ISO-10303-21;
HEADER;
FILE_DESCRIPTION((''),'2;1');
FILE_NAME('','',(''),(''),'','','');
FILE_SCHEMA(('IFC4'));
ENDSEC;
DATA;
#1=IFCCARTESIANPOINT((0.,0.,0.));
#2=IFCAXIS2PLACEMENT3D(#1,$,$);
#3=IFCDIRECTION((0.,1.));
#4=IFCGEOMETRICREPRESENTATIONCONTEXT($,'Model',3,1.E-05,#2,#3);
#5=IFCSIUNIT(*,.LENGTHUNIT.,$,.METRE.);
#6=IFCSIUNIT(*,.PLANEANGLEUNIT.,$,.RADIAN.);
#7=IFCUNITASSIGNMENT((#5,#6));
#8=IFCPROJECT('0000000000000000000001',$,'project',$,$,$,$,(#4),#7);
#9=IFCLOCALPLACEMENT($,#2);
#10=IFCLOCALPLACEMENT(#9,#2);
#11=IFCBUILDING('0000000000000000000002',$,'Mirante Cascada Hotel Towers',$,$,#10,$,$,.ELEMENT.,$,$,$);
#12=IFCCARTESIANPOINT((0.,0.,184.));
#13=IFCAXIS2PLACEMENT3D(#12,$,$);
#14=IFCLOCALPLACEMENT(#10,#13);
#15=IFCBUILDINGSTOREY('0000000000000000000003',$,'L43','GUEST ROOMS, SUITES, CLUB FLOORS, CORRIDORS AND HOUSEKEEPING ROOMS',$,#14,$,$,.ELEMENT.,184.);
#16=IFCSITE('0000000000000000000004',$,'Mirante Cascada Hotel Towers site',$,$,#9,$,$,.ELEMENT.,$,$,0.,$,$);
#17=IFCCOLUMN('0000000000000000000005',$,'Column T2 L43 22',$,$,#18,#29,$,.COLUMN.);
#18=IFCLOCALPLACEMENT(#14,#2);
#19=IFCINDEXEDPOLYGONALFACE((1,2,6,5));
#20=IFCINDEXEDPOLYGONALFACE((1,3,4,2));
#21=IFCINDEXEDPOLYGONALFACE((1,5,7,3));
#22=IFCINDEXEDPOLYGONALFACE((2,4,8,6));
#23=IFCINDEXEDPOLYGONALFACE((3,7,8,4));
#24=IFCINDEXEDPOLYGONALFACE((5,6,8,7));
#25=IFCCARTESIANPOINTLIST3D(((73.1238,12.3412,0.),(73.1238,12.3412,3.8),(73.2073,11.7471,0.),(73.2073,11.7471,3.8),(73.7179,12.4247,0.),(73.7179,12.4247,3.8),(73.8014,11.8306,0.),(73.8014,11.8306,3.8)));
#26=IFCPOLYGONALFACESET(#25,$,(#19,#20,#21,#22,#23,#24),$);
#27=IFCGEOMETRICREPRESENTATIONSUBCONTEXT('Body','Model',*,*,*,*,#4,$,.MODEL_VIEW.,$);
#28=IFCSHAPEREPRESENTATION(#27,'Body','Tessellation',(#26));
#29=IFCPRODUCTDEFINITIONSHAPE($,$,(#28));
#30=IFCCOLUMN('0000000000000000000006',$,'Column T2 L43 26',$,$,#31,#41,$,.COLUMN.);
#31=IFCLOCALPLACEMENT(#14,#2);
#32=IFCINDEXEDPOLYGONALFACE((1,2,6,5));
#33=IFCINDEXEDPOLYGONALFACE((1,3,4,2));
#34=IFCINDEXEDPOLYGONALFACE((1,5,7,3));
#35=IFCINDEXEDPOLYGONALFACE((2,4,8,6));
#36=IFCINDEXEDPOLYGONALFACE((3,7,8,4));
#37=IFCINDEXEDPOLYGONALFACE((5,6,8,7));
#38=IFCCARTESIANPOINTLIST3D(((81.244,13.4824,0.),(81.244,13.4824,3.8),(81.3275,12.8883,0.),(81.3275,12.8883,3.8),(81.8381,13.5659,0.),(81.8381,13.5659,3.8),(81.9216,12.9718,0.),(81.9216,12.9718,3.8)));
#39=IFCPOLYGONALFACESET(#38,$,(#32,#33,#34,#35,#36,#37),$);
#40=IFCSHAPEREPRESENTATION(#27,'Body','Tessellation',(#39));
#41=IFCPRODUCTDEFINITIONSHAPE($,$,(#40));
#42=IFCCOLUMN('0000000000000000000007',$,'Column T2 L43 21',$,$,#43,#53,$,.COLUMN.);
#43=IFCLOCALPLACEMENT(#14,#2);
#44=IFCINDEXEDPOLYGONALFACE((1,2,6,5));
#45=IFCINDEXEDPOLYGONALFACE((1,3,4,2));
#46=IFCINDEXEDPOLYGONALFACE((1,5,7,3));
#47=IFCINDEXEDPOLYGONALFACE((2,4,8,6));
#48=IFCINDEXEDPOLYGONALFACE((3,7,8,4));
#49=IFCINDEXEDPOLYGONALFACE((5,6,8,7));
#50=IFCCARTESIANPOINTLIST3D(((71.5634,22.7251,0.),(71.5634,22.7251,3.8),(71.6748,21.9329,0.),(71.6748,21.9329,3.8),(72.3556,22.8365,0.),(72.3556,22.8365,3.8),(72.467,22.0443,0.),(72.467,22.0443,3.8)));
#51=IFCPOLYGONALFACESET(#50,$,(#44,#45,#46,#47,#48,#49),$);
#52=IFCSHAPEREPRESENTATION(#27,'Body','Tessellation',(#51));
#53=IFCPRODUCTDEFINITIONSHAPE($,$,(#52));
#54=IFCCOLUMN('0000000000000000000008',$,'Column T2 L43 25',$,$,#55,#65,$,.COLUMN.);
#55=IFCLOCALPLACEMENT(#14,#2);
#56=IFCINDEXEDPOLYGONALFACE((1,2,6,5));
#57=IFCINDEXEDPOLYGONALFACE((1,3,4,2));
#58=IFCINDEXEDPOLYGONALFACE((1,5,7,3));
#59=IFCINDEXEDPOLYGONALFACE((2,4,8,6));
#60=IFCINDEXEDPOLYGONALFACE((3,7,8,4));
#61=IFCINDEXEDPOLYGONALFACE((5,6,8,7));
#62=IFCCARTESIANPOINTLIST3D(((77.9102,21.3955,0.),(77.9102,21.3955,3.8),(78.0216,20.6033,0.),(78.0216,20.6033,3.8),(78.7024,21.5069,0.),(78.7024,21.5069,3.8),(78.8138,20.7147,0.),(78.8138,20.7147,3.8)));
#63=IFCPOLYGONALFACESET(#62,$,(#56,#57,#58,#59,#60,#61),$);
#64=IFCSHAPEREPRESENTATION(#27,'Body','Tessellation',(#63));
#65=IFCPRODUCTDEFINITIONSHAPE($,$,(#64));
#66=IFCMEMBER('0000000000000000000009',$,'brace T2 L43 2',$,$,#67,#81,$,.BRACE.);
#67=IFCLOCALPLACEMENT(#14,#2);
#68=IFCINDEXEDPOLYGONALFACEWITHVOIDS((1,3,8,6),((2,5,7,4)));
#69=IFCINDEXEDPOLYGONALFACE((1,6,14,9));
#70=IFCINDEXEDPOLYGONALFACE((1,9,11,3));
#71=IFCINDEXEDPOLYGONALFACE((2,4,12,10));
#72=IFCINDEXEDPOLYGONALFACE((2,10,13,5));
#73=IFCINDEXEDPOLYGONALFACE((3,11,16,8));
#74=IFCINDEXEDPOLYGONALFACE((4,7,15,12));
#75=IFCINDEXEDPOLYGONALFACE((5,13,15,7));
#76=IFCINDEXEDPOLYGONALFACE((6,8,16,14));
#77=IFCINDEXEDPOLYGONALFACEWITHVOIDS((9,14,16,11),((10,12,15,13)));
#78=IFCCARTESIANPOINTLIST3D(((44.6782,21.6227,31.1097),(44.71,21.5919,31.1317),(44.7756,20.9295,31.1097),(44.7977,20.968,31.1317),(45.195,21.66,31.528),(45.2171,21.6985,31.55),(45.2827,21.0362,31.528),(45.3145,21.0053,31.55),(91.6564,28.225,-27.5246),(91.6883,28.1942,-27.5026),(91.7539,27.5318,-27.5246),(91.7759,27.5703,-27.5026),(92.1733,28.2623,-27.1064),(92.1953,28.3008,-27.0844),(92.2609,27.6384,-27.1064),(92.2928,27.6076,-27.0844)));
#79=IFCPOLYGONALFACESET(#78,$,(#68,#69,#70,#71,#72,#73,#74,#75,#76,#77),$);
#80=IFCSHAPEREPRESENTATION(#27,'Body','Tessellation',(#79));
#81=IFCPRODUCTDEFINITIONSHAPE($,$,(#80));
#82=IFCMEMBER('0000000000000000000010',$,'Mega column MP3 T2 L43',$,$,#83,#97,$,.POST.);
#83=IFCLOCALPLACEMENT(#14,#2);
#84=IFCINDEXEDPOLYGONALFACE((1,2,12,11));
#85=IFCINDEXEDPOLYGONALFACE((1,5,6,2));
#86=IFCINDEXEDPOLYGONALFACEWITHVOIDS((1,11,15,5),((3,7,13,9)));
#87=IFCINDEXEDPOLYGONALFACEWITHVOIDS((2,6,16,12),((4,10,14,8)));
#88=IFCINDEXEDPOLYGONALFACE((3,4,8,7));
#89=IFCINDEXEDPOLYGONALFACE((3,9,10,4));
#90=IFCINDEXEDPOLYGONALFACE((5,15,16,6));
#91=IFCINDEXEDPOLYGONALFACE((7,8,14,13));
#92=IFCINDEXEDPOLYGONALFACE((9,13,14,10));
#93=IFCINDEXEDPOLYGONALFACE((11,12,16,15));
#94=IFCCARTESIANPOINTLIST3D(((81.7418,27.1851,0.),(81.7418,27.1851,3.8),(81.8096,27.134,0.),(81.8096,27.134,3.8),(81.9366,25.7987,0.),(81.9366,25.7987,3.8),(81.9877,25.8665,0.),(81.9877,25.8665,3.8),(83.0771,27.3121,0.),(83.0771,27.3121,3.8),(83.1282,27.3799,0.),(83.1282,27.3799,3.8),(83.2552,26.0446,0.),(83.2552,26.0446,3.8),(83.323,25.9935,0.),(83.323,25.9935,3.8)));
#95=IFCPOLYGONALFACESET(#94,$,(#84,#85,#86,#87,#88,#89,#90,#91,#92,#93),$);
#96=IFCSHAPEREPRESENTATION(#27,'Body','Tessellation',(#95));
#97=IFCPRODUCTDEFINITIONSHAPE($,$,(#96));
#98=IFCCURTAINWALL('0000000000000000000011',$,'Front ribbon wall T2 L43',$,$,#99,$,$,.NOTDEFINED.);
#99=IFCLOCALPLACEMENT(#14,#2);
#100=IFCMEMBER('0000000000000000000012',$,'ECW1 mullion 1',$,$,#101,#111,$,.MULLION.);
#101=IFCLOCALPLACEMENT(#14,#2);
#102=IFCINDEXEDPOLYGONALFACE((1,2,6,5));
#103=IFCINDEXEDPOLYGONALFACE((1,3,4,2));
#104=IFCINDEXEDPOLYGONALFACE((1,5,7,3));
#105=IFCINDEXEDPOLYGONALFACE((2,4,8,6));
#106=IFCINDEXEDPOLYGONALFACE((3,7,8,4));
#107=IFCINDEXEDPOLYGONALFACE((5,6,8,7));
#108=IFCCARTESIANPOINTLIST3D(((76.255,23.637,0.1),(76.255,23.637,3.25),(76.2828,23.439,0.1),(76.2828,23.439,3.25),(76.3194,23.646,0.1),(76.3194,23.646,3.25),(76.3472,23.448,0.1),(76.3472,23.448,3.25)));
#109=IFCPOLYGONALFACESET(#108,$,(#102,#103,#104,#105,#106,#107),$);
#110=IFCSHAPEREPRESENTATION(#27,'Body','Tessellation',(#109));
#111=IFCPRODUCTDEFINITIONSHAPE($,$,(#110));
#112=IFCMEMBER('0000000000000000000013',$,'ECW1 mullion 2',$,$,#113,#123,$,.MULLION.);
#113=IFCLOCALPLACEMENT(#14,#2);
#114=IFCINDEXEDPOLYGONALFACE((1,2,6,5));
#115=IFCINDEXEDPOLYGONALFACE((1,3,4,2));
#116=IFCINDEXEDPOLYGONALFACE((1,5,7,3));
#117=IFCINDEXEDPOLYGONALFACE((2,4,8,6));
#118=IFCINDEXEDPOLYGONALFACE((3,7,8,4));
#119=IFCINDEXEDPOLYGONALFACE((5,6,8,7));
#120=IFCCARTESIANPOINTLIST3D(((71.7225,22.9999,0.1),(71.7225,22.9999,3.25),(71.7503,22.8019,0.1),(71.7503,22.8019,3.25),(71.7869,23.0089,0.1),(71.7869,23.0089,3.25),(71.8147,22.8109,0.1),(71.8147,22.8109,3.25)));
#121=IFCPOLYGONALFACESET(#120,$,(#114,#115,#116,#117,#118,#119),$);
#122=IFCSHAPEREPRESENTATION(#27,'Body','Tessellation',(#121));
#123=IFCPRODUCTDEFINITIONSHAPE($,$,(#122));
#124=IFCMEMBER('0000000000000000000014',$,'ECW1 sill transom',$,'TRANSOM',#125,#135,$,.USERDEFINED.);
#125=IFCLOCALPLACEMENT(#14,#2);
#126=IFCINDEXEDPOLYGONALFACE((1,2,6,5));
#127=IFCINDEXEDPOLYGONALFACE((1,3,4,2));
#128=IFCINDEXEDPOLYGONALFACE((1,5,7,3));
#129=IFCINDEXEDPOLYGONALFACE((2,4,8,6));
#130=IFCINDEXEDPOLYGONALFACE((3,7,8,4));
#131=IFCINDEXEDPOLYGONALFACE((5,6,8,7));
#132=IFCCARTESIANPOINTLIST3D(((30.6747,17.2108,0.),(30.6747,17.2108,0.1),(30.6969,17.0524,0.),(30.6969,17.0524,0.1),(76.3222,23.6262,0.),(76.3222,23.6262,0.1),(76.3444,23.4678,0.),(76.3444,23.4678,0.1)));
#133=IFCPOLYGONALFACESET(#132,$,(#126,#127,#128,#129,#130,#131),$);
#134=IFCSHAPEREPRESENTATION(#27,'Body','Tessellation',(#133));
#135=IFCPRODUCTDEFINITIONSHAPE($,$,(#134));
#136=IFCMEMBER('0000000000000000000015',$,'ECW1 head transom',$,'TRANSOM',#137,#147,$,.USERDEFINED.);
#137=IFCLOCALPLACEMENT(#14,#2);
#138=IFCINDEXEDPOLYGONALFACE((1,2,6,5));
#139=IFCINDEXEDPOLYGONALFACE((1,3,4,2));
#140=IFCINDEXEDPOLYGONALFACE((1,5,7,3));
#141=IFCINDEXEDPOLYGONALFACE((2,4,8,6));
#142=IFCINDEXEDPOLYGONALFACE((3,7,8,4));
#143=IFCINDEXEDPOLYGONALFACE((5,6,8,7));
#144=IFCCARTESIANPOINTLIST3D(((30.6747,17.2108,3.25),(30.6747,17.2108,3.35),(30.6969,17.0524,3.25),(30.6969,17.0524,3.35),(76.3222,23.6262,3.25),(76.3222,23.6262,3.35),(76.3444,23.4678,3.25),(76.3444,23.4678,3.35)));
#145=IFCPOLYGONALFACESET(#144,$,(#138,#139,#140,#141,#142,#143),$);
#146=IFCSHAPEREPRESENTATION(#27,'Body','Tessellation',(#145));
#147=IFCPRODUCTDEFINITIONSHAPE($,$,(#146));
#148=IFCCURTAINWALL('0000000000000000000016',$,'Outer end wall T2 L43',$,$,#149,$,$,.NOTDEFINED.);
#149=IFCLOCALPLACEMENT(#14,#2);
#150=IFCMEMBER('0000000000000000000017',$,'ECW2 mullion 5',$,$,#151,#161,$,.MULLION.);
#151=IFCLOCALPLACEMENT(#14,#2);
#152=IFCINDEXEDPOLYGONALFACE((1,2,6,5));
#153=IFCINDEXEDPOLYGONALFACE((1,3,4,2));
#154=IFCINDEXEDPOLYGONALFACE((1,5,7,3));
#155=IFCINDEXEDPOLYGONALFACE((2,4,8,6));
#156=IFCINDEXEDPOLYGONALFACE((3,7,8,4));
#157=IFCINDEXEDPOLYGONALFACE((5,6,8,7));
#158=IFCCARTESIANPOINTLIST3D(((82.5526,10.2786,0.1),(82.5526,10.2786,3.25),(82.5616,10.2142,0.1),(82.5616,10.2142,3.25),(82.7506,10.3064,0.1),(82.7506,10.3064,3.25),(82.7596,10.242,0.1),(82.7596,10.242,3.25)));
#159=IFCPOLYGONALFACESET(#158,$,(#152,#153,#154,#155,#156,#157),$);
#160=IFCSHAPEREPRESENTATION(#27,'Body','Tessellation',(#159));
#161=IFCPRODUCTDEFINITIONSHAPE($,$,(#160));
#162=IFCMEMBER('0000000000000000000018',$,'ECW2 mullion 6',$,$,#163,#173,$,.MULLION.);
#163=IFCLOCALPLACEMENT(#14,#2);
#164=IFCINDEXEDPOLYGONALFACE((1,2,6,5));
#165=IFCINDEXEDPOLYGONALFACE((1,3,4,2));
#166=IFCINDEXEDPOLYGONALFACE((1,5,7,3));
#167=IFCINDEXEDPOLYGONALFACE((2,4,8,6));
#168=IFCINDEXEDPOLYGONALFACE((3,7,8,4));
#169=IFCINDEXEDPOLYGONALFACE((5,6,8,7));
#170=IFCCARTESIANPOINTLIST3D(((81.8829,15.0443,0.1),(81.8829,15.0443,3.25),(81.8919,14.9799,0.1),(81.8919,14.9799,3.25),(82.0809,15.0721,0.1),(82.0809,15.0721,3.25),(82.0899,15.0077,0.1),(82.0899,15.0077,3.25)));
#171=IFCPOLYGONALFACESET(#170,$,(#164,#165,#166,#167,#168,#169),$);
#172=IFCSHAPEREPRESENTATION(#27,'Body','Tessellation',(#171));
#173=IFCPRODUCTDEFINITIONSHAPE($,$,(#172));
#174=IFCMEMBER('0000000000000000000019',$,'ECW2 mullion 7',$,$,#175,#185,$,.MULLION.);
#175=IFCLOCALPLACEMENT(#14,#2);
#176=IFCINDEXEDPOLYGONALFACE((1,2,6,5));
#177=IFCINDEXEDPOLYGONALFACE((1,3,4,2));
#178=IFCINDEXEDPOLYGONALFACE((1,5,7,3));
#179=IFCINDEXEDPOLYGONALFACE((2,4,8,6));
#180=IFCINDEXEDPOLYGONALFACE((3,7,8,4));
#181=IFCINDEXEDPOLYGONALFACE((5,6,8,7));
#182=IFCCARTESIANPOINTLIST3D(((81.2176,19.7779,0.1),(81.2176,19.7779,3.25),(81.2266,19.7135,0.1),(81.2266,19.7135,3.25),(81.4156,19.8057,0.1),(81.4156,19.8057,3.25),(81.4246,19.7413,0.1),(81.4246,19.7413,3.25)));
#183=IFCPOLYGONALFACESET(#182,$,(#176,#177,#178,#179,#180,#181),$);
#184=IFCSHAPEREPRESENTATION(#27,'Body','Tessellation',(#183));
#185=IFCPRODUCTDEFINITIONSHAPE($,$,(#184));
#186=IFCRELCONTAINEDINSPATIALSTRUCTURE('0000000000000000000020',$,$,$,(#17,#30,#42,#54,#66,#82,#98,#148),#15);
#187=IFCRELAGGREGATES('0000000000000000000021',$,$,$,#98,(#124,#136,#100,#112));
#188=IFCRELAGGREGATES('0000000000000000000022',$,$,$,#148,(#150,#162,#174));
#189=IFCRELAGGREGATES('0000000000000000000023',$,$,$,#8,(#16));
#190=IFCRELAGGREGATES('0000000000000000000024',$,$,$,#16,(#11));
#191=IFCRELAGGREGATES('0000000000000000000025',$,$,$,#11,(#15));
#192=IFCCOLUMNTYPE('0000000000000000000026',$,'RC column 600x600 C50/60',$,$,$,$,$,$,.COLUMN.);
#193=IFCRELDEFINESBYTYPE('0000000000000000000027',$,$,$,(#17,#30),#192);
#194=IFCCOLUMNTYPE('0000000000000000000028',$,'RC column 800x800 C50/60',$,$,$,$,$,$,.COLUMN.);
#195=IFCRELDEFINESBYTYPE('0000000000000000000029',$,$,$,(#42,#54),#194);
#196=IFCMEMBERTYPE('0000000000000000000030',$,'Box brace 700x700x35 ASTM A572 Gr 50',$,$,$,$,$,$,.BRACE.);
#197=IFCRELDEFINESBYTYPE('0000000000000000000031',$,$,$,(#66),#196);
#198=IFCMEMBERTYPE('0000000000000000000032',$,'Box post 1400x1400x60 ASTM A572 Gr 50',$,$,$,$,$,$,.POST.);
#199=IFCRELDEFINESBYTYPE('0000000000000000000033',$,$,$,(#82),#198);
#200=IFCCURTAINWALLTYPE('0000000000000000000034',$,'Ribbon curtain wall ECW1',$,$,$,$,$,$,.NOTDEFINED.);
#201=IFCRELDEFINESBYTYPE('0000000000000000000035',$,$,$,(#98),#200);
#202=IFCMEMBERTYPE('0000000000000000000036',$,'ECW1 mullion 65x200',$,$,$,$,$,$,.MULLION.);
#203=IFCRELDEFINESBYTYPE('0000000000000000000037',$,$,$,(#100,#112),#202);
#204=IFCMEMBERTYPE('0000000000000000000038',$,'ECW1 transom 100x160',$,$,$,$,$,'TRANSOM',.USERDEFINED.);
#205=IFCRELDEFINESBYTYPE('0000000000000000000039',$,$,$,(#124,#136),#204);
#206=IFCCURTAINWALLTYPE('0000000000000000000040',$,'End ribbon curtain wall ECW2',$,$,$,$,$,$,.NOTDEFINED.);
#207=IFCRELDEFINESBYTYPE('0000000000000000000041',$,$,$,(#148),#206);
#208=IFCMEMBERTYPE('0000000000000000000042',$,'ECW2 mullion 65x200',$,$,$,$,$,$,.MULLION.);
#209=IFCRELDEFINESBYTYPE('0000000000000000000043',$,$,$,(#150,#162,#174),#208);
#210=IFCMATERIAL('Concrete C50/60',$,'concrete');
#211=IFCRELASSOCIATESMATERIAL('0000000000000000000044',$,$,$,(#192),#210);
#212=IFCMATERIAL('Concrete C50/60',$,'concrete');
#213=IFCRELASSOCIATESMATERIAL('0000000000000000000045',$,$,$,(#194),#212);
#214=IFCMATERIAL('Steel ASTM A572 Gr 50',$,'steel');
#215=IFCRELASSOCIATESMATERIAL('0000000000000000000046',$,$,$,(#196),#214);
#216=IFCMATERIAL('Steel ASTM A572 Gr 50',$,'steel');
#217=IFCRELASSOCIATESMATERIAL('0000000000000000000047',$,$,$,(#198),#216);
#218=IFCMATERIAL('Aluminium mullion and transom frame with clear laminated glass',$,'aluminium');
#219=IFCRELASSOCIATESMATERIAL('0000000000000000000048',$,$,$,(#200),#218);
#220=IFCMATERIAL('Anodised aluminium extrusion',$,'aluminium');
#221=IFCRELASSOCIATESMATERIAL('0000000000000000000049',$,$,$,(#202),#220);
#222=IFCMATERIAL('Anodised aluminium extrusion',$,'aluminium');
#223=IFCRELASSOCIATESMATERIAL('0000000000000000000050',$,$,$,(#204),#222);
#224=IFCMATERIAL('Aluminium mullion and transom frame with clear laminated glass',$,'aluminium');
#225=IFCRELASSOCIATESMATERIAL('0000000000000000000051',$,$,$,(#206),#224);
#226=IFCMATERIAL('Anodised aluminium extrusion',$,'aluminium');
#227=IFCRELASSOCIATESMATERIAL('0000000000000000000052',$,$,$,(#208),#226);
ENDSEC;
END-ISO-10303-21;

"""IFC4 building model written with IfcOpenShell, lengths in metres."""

from ifc_helpers import new_model, si_unit, direction, frame, origin, origin_2d, place, context, subcontext, project, spatial, rectangle, hollow_rectangle, extrude, material, material_profile, profile_set, type_object, element, aggregate, save


model = new_model("IFC4")

# Units and contexts
model_context = context("Model", 3, precision=1e-05, world=origin(), true_north=direction((0.0, 1.0)))
body_context = subcontext(model_context, "Body", "Model", "MODEL_VIEW")
ifc_project = project(units=[si_unit("LENGTHUNIT", "METRE"), si_unit("PLANEANGLEUNIT", "RADIAN")], contexts=[model_context])

# Site, building, storey
site_placement = place(None, origin())
site = spatial("IfcSite", under=ifc_project, at=site_placement, Name="Mirante Cascada Hotel Towers site", CompositionType="ELEMENT", RefElevation=0.0)
building_placement = place(site_placement, origin())
building = spatial("IfcBuilding", under=site, at=building_placement, Name="Mirante Cascada Hotel Towers", CompositionType="ELEMENT")
storey_placement = place(building_placement, frame((0.0, 0.0, 184.0)))
storey = spatial("IfcBuildingStorey", under=building, at=storey_placement, Name="L43", Description="GUEST ROOMS, SUITES, CLUB FLOORS, CORRIDORS AND HOUSEKEEPING ROOMS", CompositionType="ELEMENT", Elevation=184.0)

# Columns
ifc_material_1 = material(Name="Concrete C50/60", Category="concrete")
ifc_material_profile_1 = material_profile(ifc_material_1, rectangle(XDim=0.6, YDim=0.6, at=origin_2d()), Name="RC column 600x600 C50/60")
ifc_profile_set_1 = profile_set([ifc_material_profile_1], Name="Concrete C50/60")
column_type_1 = type_object("IfcColumnType", Name="RC column 600x600 C50/60", PredefinedType="COLUMN", material=ifc_profile_set_1)
for number, where, z_axis, x_axis, name in (
    (1, (73.4626, 12.0859, 0.0), (0.0, 0.0, 1.0), (0.990268, 0.139173, 0.0), "Column T2 L43 22"),
    (2, (81.5828, 13.2271, 0.0), (0.0, 0.0, 1.0), (0.990268, 0.139173, 0.0), "Column T2 L43 26"),
):
    element("IfcColumn", number, at=place(storey_placement, frame(where, z_axis=z_axis, x_axis=x_axis)), inside=storey, type_object=column_type_1, Name=name, PredefinedType="COLUMN", context=body_context, shape_type="SweptSolid", body=[
        extrude(rectangle(XDim=0.6, YDim=0.6, at=origin_2d()), origin(), (0.0, 0.0, 1.0), 3.8),
    ])
ifc_material_2 = material(Name="Concrete C50/60", Category="concrete")
ifc_material_profile_2 = material_profile(ifc_material_2, rectangle(XDim=0.8, YDim=0.8, at=origin_2d()), Name="RC column 800x800 C50/60")
ifc_profile_set_2 = profile_set([ifc_material_profile_2], Name="Concrete C50/60")
column_type_2 = type_object("IfcColumnType", Name="RC column 800x800 C50/60", PredefinedType="COLUMN", material=ifc_profile_set_2)
for number, where, z_axis, x_axis, name in (
    (3, (72.0152, 22.3847, 0.0), (0.0, 0.0, 1.0), (0.990268, 0.139173, 0.0), "Column T2 L43 21"),
    (4, (78.362, 21.0551, 0.0), (0.0, 0.0, 1.0), (0.990268, 0.139173, 0.0), "Column T2 L43 25"),
):
    element("IfcColumn", number, at=place(storey_placement, frame(where, z_axis=z_axis, x_axis=x_axis)), inside=storey, type_object=column_type_2, Name=name, PredefinedType="COLUMN", context=body_context, shape_type="SweptSolid", body=[
        extrude(rectangle(XDim=0.8, YDim=0.8, at=origin_2d()), origin(), (0.0, 0.0, 1.0), 3.8),
    ])

# Members
ifc_material_3 = material(Name="Steel ASTM A572 Gr 50", Category="steel")
ifc_material_profile_3 = material_profile(ifc_material_3, hollow_rectangle(XDim=0.7, YDim=0.7, WallThickness=0.035, at=origin_2d()), Name="Box brace 700x700x35 ASTM A572 Gr 50")
ifc_profile_set_3 = profile_set([ifc_material_profile_3], Name="Steel ASTM A572 Gr 50")
member_type_1 = type_object("IfcMemberType", Name="Box brace 700x700x35 ASTM A572 Gr 50", PredefinedType="BRACE", material=ifc_profile_set_3)
member_1_placement = place(storey_placement, frame((91.9746, 27.9163, -27.3045), z_axis=(-0.622869, -0.087538, 0.777413), x_axis=(0.139172, -0.990268, 0.0)))
element("IfcMember", 5, at=member_1_placement, inside=storey, type_object=member_type_1, Name="brace T2 L43 2", PredefinedType="BRACE", context=body_context, shape_type="SweptSolid", body=[
    extrude(hollow_rectangle(XDim=0.7, YDim=0.7, WallThickness=0.035, at=origin_2d()), origin(), (0.0, 0.0, 1.0), 75.4224),
])
ifc_material_4 = material(Name="Steel ASTM A572 Gr 50", Category="steel")
ifc_material_profile_4 = material_profile(ifc_material_4, hollow_rectangle(XDim=1.4, YDim=1.4, WallThickness=0.06, at=origin_2d()), Name="Box post 1400x1400x60 ASTM A572 Gr 50")
ifc_profile_set_4 = profile_set([ifc_material_profile_4], Name="Steel ASTM A572 Gr 50")
member_type_2 = type_object("IfcMemberType", Name="Box post 1400x1400x60 ASTM A572 Gr 50", PredefinedType="POST", material=ifc_profile_set_4)
member_2_placement = place(storey_placement, frame((82.5324, 26.5893, 0.0), z_axis=(0.0, 0.0, 1.0), x_axis=(0.990268, 0.139173, 0.0)))
element("IfcMember", 6, at=member_2_placement, inside=storey, type_object=member_type_2, Name="Mega column MP3 T2 L43", PredefinedType="POST", context=body_context, shape_type="SweptSolid", body=[
    extrude(hollow_rectangle(XDim=1.4, YDim=1.4, WallThickness=0.06, at=origin_2d()), origin(), (0.0, 0.0, 1.0), 3.8),
])

# Curtain walls, members
ifc_material_5 = material(Name="Aluminium mullion and transom frame with clear laminated glass", Category="aluminium")
curtain_wall_type_1 = type_object("IfcCurtainWallType", Name="Ribbon curtain wall ECW1", PredefinedType="NOTDEFINED", material=ifc_material_5)
curtain_wall_1_placement = place(storey_placement, origin())
curtain_wall_1 = element("IfcCurtainWall", 7, at=curtain_wall_1_placement, inside=storey, type_object=curtain_wall_type_1, Name="Front ribbon wall T2 L43", PredefinedType="NOTDEFINED")
ifc_material_6 = material(Name="Anodised aluminium extrusion", Category="aluminium")
ifc_material_profile_5 = material_profile(ifc_material_6, rectangle(XDim=0.2, YDim=0.065, at=origin_2d()), Name="ECW1 MULLION 65x200")
ifc_profile_set_5 = profile_set([ifc_material_profile_5], Name="Anodised aluminium extrusion")
member_type_3 = type_object("IfcMemberType", Name="ECW1 mullion 65x200", PredefinedType="MULLION", material=ifc_profile_set_5)
member_3_placement = place(storey_placement, frame((76.3011, 23.5425, 0.1), z_axis=(0.0, 0.0, 1.0), x_axis=(0.139173, -0.990268, 0.0)))
member_3 = element("IfcMember", 8, at=member_3_placement, type_object=member_type_3, Name="ECW1 mullion 1", PredefinedType="MULLION", context=body_context, shape_type="SweptSolid", body=[
    extrude(rectangle(XDim=0.2, YDim=0.065, at=origin_2d()), origin(), (0.0, 0.0, 1.0), 3.15),
])
member_4_placement = place(storey_placement, frame((71.7686, 22.9054, 0.1), z_axis=(0.0, 0.0, 1.0), x_axis=(0.139173, -0.990268, 0.0)))
member_4 = element("IfcMember", 9, at=member_4_placement, type_object=member_type_3, Name="ECW1 mullion 2", PredefinedType="MULLION", context=body_context, shape_type="SweptSolid", body=[
    extrude(rectangle(XDim=0.2, YDim=0.065, at=origin_2d()), origin(), (0.0, 0.0, 1.0), 3.15),
])
ifc_material_7 = material(Name="Anodised aluminium extrusion", Category="aluminium")
ifc_material_profile_6 = material_profile(ifc_material_7, rectangle(XDim=0.16, YDim=0.1, at=origin_2d()), Name="ECW1 TRANSOM 100x160")
ifc_profile_set_6 = profile_set([ifc_material_profile_6], Name="Anodised aluminium extrusion")
member_type_4 = type_object("IfcMemberType", Name="ECW1 transom 100x160", ElementType="TRANSOM", PredefinedType="USERDEFINED", material=ifc_profile_set_6)
member_5_placement = place(storey_placement, frame((76.3333, 23.547, 0.05), z_axis=(-0.990268, -0.139174, 0.0), x_axis=(0.139174, -0.990268, 0.0)))
member_5 = element("IfcMember", 10, at=member_5_placement, type_object=member_type_4, Name="ECW1 sill transom", ObjectType="TRANSOM", PredefinedType="USERDEFINED", context=body_context, shape_type="SweptSolid", body=[
    extrude(rectangle(XDim=0.16, YDim=0.1, at=origin_2d()), origin(), (0.0, 0.0, 1.0), 46.0961),
])
member_6_placement = place(storey_placement, frame((76.3333, 23.547, 3.3), z_axis=(-0.990268, -0.139174, 0.0), x_axis=(0.139174, -0.990268, 0.0)))
member_6 = element("IfcMember", 11, at=member_6_placement, type_object=member_type_4, Name="ECW1 head transom", ObjectType="TRANSOM", PredefinedType="USERDEFINED", context=body_context, shape_type="SweptSolid", body=[
    extrude(rectangle(XDim=0.16, YDim=0.1, at=origin_2d()), origin(), (0.0, 0.0, 1.0), 46.0961),
])
ifc_material_8 = material(Name="Aluminium mullion and transom frame with clear laminated glass", Category="aluminium")
curtain_wall_type_2 = type_object("IfcCurtainWallType", Name="End ribbon curtain wall ECW2", PredefinedType="NOTDEFINED", material=ifc_material_8)
curtain_wall_2_placement = place(storey_placement, origin())
curtain_wall_2 = element("IfcCurtainWall", 12, at=curtain_wall_2_placement, inside=storey, type_object=curtain_wall_type_2, Name="Outer end wall T2 L43", PredefinedType="NOTDEFINED")
ifc_material_9 = material(Name="Anodised aluminium extrusion", Category="aluminium")
ifc_material_profile_7 = material_profile(ifc_material_9, rectangle(XDim=0.2, YDim=0.065, at=origin_2d()), Name="ECW2 MULLION 65x200")
ifc_profile_set_7 = profile_set([ifc_material_profile_7], Name="Anodised aluminium extrusion")
member_type_5 = type_object("IfcMemberType", Name="ECW2 mullion 65x200", PredefinedType="MULLION", material=ifc_profile_set_7)
member_7_placement = place(storey_placement, frame((82.6561, 10.2603, 0.1), z_axis=(0.0, 0.0, 1.0), x_axis=(-0.990268, -0.139173, 0.0)))
member_7 = element("IfcMember", 13, at=member_7_placement, type_object=member_type_5, Name="ECW2 mullion 5", PredefinedType="MULLION", context=body_context, shape_type="SweptSolid", body=[
    extrude(rectangle(XDim=0.2, YDim=0.065, at=origin_2d()), origin(), (0.0, 0.0, 1.0), 3.15),
])
member_8_placement = place(storey_placement, frame((81.9864, 15.026, 0.1), z_axis=(0.0, 0.0, 1.0), x_axis=(-0.990268, -0.139173, 0.0)))
member_8 = element("IfcMember", 14, at=member_8_placement, type_object=member_type_5, Name="ECW2 mullion 6", PredefinedType="MULLION", context=body_context, shape_type="SweptSolid", body=[
    extrude(rectangle(XDim=0.2, YDim=0.065, at=origin_2d()), origin(), (0.0, 0.0, 1.0), 3.15),
])
member_9_placement = place(storey_placement, frame((81.3211, 19.7596, 0.1), z_axis=(0.0, 0.0, 1.0), x_axis=(-0.990268, -0.139173, 0.0)))
member_9 = element("IfcMember", 15, at=member_9_placement, type_object=member_type_5, Name="ECW2 mullion 7", PredefinedType="MULLION", context=body_context, shape_type="SweptSolid", body=[
    extrude(rectangle(XDim=0.2, YDim=0.065, at=origin_2d()), origin(), (0.0, 0.0, 1.0), 3.15),
])

aggregate(curtain_wall_1, [member_5, member_6, member_3, member_4])
aggregate(curtain_wall_2, [member_7, member_8, member_9])

save(model, "model.ifc")
